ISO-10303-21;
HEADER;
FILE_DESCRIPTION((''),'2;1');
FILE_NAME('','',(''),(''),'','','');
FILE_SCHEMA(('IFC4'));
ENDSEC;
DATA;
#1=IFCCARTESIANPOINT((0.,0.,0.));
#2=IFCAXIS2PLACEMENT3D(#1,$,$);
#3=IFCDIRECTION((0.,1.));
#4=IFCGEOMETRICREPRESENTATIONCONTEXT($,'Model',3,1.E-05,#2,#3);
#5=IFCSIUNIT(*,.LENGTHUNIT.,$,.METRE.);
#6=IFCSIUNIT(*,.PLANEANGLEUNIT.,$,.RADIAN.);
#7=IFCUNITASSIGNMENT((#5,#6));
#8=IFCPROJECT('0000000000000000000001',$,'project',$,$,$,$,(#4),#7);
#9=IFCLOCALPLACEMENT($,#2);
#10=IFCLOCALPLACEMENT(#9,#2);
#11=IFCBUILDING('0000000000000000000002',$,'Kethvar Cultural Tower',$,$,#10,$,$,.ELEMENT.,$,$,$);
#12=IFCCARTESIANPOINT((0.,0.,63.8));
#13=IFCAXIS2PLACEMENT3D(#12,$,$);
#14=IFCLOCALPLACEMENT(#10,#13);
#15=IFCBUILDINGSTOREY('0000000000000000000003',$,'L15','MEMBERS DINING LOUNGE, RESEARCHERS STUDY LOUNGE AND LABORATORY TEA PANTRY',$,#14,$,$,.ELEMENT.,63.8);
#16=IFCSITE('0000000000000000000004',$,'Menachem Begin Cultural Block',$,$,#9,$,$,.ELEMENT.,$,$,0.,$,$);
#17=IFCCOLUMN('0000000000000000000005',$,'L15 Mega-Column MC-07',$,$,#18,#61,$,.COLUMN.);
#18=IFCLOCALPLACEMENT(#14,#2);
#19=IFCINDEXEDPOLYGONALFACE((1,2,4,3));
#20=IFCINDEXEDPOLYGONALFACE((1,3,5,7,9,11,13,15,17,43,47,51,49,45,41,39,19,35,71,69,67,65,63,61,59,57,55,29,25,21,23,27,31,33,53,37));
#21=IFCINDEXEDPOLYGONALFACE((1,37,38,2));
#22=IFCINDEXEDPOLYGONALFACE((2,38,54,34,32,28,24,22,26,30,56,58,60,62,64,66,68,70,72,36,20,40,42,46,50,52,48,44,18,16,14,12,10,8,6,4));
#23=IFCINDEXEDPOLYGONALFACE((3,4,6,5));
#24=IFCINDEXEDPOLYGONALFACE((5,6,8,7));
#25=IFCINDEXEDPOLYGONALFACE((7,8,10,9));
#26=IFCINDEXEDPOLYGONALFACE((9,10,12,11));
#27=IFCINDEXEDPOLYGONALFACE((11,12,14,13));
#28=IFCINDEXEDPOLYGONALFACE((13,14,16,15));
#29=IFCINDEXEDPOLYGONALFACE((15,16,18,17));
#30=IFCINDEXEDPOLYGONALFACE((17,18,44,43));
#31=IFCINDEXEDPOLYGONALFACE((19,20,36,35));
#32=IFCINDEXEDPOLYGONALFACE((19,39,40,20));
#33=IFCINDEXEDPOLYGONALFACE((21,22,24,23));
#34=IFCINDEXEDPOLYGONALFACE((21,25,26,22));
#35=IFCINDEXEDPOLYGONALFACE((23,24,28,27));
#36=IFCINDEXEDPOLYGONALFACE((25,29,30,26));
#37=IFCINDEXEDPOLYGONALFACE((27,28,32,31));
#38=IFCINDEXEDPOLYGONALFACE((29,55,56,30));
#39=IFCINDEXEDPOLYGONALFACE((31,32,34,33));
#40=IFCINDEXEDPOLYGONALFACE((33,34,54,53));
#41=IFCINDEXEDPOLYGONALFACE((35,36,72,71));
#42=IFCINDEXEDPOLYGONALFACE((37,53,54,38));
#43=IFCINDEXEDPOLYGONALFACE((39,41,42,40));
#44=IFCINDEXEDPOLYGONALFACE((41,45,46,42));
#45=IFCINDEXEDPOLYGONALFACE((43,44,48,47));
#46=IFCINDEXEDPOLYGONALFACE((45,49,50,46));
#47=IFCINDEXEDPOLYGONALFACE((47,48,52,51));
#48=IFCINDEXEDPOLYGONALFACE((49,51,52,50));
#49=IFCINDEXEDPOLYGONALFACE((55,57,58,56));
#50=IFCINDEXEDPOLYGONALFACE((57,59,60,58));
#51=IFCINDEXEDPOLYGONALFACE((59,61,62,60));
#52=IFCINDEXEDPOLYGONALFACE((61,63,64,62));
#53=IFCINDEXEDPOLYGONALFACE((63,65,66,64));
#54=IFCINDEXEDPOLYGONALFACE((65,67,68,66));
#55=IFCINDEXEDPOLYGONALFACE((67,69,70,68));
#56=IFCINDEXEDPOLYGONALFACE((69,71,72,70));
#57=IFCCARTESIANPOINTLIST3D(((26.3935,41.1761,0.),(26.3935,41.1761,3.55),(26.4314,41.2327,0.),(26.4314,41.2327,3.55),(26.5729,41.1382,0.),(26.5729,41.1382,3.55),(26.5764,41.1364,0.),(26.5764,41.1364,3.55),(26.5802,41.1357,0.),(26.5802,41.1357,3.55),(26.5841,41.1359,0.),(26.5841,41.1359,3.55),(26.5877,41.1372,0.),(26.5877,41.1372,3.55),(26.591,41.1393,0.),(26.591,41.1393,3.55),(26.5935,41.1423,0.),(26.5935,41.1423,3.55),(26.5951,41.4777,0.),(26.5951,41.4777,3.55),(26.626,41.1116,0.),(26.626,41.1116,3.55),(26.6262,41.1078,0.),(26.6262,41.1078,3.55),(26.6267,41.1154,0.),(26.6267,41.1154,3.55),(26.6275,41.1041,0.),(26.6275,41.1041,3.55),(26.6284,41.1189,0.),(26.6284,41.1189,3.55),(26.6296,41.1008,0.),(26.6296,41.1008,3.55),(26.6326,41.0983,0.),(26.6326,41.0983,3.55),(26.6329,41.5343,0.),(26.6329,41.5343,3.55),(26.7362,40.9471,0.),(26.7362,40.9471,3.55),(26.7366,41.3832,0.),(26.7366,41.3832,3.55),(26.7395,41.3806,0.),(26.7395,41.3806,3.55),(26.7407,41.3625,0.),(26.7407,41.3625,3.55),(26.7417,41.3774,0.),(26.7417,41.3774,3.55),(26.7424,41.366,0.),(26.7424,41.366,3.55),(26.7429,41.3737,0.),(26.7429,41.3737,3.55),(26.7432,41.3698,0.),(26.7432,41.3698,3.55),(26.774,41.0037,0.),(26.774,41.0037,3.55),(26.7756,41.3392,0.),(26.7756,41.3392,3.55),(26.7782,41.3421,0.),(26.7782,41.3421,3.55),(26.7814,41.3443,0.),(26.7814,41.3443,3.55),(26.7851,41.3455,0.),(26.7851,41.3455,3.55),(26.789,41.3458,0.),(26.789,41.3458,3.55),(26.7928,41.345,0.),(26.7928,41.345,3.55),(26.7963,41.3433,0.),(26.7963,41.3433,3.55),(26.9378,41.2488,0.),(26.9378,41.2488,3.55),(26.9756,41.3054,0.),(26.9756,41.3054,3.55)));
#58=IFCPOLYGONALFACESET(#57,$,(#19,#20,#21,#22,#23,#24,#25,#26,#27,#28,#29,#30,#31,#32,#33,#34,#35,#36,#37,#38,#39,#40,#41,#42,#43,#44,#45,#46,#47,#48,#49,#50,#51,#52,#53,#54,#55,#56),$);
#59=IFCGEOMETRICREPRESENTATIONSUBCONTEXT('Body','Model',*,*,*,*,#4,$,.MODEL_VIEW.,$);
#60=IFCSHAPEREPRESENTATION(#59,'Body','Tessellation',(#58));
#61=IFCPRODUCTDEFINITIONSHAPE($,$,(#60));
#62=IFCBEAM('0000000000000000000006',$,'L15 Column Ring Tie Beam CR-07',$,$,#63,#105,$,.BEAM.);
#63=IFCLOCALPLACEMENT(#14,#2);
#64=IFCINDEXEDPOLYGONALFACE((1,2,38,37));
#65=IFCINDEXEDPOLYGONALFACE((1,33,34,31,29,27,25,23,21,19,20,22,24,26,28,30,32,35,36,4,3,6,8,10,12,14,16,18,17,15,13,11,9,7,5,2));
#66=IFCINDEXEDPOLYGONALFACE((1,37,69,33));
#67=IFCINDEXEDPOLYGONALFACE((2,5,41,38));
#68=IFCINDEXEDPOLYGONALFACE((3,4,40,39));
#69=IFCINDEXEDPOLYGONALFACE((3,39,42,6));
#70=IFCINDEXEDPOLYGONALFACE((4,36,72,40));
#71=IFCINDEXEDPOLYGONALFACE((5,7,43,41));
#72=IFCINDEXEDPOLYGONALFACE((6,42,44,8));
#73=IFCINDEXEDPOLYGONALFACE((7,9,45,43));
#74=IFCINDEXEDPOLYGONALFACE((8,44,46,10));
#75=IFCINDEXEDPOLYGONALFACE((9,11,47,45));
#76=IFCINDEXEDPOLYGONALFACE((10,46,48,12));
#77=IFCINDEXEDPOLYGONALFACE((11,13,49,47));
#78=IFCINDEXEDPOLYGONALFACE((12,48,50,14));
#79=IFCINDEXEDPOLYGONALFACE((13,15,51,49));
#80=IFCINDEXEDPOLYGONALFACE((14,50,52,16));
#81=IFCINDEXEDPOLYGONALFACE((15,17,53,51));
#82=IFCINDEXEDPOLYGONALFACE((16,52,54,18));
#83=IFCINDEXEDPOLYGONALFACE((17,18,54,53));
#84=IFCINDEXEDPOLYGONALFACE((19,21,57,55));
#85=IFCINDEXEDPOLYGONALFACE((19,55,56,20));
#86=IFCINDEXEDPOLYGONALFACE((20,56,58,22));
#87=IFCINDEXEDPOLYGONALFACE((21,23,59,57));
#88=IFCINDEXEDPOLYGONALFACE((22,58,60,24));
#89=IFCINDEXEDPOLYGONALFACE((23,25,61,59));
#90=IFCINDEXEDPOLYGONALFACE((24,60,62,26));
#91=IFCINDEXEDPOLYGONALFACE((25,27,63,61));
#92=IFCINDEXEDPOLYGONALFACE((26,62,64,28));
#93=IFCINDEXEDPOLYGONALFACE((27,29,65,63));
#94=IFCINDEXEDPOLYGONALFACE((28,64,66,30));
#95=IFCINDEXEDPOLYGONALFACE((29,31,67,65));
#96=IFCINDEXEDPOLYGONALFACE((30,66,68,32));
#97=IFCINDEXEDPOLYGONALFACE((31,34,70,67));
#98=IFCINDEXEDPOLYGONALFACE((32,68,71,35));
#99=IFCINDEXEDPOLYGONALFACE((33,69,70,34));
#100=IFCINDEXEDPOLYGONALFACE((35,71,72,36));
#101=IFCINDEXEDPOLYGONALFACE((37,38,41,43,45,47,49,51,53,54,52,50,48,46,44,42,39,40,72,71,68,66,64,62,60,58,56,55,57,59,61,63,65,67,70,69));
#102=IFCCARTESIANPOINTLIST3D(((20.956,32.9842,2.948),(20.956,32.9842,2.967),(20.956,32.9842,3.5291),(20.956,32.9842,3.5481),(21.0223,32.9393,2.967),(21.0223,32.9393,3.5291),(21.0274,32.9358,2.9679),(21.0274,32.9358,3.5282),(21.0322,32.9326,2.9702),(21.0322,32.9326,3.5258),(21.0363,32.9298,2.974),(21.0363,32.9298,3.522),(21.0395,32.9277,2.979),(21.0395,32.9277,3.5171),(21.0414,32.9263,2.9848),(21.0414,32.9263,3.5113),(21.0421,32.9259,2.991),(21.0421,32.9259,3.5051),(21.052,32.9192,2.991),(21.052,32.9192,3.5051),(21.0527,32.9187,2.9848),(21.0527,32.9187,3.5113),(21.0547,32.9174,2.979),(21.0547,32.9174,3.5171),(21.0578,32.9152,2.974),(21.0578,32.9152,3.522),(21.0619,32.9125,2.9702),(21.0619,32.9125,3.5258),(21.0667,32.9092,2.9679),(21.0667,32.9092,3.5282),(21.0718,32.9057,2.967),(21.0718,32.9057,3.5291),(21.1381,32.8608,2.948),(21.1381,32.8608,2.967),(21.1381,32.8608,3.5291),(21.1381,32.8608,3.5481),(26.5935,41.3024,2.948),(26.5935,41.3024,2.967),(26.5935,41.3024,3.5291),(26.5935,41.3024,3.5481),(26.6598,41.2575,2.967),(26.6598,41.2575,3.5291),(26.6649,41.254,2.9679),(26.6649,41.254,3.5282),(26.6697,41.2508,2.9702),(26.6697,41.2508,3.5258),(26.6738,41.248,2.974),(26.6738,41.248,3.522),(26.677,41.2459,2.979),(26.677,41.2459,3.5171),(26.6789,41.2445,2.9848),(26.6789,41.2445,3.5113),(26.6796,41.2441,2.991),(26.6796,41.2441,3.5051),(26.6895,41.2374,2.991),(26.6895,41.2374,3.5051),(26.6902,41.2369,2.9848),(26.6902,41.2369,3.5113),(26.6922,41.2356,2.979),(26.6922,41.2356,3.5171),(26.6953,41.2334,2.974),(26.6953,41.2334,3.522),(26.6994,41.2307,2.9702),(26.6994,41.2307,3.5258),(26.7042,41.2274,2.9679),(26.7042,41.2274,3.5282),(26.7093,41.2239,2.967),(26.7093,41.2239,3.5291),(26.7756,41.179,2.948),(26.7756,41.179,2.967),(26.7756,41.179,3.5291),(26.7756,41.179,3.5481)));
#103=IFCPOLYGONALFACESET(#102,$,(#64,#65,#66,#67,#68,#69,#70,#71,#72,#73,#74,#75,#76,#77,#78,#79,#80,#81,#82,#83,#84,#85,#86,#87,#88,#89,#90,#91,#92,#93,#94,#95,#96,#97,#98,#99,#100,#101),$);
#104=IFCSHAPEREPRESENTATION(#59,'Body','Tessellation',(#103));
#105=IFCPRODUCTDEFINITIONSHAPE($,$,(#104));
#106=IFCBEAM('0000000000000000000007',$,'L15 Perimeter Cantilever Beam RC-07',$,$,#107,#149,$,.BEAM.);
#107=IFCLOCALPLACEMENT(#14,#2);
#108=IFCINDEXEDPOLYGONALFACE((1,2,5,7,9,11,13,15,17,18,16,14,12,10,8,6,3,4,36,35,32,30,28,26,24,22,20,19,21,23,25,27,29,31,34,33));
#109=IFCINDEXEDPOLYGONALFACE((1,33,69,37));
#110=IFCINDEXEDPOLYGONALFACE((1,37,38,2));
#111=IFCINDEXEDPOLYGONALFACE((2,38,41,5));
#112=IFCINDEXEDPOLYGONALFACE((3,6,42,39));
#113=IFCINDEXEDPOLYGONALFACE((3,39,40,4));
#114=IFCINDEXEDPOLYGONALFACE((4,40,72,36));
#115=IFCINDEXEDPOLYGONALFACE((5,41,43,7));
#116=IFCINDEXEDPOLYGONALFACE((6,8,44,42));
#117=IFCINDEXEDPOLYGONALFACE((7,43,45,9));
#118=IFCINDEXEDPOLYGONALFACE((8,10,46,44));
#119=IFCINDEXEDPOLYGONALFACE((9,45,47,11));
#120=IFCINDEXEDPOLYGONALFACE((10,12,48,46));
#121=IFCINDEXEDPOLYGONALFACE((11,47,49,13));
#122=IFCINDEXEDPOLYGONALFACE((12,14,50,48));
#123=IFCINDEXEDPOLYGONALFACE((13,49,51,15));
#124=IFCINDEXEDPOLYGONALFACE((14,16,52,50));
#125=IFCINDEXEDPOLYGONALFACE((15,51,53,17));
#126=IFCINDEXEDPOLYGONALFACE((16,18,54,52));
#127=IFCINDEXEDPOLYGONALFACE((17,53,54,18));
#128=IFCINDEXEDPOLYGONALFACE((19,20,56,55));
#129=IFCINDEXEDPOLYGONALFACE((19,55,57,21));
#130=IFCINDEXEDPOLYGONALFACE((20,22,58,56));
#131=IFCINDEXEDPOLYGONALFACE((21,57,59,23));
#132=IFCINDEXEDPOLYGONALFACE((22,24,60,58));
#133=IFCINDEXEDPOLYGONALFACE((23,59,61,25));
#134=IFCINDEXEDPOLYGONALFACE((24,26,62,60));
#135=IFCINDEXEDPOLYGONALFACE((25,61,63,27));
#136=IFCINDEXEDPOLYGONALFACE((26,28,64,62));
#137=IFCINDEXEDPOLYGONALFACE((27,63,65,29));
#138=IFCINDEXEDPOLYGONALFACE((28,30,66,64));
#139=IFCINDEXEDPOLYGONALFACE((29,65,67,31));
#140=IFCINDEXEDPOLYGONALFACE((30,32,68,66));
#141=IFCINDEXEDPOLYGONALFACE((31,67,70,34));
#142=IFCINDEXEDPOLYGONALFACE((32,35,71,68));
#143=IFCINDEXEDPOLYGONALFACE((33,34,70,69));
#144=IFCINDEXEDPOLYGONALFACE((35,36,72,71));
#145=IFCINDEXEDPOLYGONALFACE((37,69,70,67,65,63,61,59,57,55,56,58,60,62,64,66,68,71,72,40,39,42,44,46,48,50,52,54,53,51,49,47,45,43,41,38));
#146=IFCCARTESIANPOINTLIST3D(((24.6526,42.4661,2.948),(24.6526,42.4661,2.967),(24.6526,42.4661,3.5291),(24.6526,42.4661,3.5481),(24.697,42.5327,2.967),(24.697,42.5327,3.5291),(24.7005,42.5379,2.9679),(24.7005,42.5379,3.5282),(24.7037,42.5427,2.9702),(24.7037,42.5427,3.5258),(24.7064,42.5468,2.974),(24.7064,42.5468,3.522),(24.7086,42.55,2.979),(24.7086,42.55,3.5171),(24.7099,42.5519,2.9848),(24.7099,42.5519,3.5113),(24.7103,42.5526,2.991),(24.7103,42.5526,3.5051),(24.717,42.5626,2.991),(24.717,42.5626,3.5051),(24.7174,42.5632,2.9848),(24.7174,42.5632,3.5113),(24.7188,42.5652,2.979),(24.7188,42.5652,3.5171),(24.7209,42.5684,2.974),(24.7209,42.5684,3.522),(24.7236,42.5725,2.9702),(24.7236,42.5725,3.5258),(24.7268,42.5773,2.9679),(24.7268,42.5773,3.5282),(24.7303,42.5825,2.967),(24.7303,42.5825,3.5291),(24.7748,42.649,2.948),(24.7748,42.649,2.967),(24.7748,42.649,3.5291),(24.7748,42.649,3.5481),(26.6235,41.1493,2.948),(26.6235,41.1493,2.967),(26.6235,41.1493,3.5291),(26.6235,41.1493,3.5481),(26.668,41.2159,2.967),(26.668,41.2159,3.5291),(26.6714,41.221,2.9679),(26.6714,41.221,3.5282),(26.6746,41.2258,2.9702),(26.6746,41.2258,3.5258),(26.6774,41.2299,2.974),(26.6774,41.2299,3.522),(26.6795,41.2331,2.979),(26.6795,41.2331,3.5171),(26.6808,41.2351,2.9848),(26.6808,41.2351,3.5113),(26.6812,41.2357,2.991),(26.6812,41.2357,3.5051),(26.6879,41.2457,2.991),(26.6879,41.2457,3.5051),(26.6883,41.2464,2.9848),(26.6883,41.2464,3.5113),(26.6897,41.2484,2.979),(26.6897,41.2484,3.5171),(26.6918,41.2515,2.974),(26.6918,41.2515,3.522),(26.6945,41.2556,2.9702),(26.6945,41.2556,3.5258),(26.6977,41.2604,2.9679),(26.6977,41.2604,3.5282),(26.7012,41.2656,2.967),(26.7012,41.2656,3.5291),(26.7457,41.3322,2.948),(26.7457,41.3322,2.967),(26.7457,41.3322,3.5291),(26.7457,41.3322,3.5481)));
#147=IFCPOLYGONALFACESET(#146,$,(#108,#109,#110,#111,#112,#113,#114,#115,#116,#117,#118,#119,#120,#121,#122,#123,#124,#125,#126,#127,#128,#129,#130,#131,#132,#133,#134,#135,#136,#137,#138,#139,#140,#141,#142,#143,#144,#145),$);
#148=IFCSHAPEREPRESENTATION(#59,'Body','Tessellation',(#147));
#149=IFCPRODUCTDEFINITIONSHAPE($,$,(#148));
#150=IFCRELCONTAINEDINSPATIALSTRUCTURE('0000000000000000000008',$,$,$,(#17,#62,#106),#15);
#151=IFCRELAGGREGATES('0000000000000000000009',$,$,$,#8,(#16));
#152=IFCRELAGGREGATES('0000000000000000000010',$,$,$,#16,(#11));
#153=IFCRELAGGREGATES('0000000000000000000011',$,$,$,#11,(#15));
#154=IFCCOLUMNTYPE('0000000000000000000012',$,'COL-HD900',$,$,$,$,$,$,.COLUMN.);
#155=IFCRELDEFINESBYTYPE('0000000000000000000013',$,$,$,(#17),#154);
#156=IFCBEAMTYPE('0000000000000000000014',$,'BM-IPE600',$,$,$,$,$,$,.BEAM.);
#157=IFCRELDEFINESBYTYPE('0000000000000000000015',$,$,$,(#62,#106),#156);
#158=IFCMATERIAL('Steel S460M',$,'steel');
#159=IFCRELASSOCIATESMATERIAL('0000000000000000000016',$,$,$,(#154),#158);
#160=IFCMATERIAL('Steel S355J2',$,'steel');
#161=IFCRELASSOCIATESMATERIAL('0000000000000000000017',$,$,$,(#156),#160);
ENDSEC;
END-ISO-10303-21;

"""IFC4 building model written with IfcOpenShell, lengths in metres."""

from ifc_helpers import new_model, si_unit, direction, frame, origin, origin_2d, place, context, subcontext, project, spatial, i_section, extrude, source, transform, mapped, material, material_profile, profile_set, type_object, element, save


model = new_model("IFC4")

# Units and contexts
model_context = context("Model", 3, precision=1e-05, world=origin(), true_north=direction((0.0, 1.0)))
body_context = subcontext(model_context, "Body", "Model", "MODEL_VIEW")
ifc_project = project(units=[si_unit("LENGTHUNIT", "METRE"), si_unit("PLANEANGLEUNIT", "RADIAN")], contexts=[model_context])

# Site, building, storey
site_placement = place(None, origin())
site = spatial("IfcSite", under=ifc_project, at=site_placement, Name="Menachem Begin Cultural Block", CompositionType="ELEMENT", RefElevation=0.0)
building_placement = place(site_placement, origin())
building = spatial("IfcBuilding", under=site, at=building_placement, Name="Kethvar Cultural Tower", CompositionType="ELEMENT")
storey_placement = place(building_placement, frame((0.0, 0.0, 63.8)))
storey = spatial("IfcBuildingStorey", under=building, at=storey_placement, Name="L15", Description="MEMBERS DINING LOUNGE, RESEARCHERS STUDY LOUNGE AND LABORATORY TEA PANTRY", CompositionType="ELEMENT", Elevation=63.8)

# Column
ifc_material_1 = material(Name="Steel S460M", Category="steel")
ifc_material_profile_1 = material_profile(ifc_material_1, i_section(OverallWidth=0.4121, OverallDepth=0.4309, WebThickness=0.042, FlangeThickness=0.0681, FilletRadius=0.0149, at=origin_2d()), Name="Steel S460M — HD400x900")
ifc_profile_set_1 = profile_set([ifc_material_profile_1], Name="Steel S460M — HD400x900")
column_type = type_object("IfcColumnType", Name="COL-HD900", PredefinedType="COLUMN", material=ifc_profile_set_1)
shared_shape_1 = source(origin(), body_context, "Body", "SweptSolid", [
    extrude(i_section(OverallWidth=0.4121, OverallDepth=0.4309, WebThickness=0.042, FlangeThickness=0.0681, FilletRadius=0.0149, at=origin_2d()), origin(), (0.0, 0.0, 1.0), 3.55),
])
column_placement = place(storey_placement, frame((26.6846, 41.2407, 0.0), z_axis=(0.0, 0.0, 1.0), x_axis=(-0.83147, 0.55557, 0.0)))
element("IfcColumn", 1, at=column_placement, inside=storey, type_object=column_type, Name="L15 Mega-Column MC-07", PredefinedType="COLUMN", context=body_context, shape_type="MappedRepresentation", body=[
    mapped(shared_shape_1, transform((0.0, 0.0, 0.0), scale=1.0)),
])

# Beams
ifc_material_2 = material(Name="Steel S355J2", Category="steel")
ifc_material_profile_2 = material_profile(ifc_material_2, i_section(OverallWidth=0.22, OverallDepth=0.6001, WebThickness=0.012, FlangeThickness=0.019, FilletRadius=0.0239, at=origin_2d()), Name="Steel S355J2 — IPE600")
ifc_profile_set_2 = profile_set([ifc_material_profile_2], Name="Steel S355J2 — IPE600")
beam_type_1 = type_object("IfcBeamType", Name="BM-IPE600", PredefinedType="BEAM", material=ifc_profile_set_2)
shared_shape_2 = source(origin(), body_context, "Body", "SweptSolid", [
    extrude(i_section(OverallWidth=0.22, OverallDepth=0.6001, WebThickness=0.012, FlangeThickness=0.019, FilletRadius=0.0239, at=origin_2d()), origin(), (0.0, 0.0, 1.0), 10.0486),
])
beam_1_placement = place(storey_placement, frame((26.6846, 41.2407, 3.248), z_axis=(-0.561025, -0.827799, 0.0), x_axis=(0.827799, -0.561025, 0.0)))
element("IfcBeam", 2, at=beam_1_placement, inside=storey, type_object=beam_type_1, Name="L15 Column Ring Tie Beam CR-07", PredefinedType="BEAM", context=body_context, shape_type="MappedRepresentation", body=[
    mapped(shared_shape_2, transform((0.0, 0.0, 0.0), scale=1.0)),
])
shared_shape_3 = source(origin(), body_context, "Body", "SweptSolid", [
    extrude(i_section(OverallWidth=0.22, OverallDepth=0.6001, WebThickness=0.012, FlangeThickness=0.019, FilletRadius=0.0239, at=origin_2d()), origin(), (0.0, 0.0, 1.0), 2.3704),
])
beam_2_placement = place(storey_placement, frame((26.6846, 41.2407, 3.248), z_axis=(-0.831479, 0.555556, 0.0), x_axis=(-0.555556, -0.831479, 0.0)))
element("IfcBeam", 3, at=beam_2_placement, inside=storey, type_object=beam_type_1, Name="L15 Perimeter Cantilever Beam RC-07", PredefinedType="BEAM", context=body_context, shape_type="MappedRepresentation", body=[
    mapped(shared_shape_3, transform((0.0, 0.0, 0.0), scale=1.0)),
])

save(model, "model.ifc")
